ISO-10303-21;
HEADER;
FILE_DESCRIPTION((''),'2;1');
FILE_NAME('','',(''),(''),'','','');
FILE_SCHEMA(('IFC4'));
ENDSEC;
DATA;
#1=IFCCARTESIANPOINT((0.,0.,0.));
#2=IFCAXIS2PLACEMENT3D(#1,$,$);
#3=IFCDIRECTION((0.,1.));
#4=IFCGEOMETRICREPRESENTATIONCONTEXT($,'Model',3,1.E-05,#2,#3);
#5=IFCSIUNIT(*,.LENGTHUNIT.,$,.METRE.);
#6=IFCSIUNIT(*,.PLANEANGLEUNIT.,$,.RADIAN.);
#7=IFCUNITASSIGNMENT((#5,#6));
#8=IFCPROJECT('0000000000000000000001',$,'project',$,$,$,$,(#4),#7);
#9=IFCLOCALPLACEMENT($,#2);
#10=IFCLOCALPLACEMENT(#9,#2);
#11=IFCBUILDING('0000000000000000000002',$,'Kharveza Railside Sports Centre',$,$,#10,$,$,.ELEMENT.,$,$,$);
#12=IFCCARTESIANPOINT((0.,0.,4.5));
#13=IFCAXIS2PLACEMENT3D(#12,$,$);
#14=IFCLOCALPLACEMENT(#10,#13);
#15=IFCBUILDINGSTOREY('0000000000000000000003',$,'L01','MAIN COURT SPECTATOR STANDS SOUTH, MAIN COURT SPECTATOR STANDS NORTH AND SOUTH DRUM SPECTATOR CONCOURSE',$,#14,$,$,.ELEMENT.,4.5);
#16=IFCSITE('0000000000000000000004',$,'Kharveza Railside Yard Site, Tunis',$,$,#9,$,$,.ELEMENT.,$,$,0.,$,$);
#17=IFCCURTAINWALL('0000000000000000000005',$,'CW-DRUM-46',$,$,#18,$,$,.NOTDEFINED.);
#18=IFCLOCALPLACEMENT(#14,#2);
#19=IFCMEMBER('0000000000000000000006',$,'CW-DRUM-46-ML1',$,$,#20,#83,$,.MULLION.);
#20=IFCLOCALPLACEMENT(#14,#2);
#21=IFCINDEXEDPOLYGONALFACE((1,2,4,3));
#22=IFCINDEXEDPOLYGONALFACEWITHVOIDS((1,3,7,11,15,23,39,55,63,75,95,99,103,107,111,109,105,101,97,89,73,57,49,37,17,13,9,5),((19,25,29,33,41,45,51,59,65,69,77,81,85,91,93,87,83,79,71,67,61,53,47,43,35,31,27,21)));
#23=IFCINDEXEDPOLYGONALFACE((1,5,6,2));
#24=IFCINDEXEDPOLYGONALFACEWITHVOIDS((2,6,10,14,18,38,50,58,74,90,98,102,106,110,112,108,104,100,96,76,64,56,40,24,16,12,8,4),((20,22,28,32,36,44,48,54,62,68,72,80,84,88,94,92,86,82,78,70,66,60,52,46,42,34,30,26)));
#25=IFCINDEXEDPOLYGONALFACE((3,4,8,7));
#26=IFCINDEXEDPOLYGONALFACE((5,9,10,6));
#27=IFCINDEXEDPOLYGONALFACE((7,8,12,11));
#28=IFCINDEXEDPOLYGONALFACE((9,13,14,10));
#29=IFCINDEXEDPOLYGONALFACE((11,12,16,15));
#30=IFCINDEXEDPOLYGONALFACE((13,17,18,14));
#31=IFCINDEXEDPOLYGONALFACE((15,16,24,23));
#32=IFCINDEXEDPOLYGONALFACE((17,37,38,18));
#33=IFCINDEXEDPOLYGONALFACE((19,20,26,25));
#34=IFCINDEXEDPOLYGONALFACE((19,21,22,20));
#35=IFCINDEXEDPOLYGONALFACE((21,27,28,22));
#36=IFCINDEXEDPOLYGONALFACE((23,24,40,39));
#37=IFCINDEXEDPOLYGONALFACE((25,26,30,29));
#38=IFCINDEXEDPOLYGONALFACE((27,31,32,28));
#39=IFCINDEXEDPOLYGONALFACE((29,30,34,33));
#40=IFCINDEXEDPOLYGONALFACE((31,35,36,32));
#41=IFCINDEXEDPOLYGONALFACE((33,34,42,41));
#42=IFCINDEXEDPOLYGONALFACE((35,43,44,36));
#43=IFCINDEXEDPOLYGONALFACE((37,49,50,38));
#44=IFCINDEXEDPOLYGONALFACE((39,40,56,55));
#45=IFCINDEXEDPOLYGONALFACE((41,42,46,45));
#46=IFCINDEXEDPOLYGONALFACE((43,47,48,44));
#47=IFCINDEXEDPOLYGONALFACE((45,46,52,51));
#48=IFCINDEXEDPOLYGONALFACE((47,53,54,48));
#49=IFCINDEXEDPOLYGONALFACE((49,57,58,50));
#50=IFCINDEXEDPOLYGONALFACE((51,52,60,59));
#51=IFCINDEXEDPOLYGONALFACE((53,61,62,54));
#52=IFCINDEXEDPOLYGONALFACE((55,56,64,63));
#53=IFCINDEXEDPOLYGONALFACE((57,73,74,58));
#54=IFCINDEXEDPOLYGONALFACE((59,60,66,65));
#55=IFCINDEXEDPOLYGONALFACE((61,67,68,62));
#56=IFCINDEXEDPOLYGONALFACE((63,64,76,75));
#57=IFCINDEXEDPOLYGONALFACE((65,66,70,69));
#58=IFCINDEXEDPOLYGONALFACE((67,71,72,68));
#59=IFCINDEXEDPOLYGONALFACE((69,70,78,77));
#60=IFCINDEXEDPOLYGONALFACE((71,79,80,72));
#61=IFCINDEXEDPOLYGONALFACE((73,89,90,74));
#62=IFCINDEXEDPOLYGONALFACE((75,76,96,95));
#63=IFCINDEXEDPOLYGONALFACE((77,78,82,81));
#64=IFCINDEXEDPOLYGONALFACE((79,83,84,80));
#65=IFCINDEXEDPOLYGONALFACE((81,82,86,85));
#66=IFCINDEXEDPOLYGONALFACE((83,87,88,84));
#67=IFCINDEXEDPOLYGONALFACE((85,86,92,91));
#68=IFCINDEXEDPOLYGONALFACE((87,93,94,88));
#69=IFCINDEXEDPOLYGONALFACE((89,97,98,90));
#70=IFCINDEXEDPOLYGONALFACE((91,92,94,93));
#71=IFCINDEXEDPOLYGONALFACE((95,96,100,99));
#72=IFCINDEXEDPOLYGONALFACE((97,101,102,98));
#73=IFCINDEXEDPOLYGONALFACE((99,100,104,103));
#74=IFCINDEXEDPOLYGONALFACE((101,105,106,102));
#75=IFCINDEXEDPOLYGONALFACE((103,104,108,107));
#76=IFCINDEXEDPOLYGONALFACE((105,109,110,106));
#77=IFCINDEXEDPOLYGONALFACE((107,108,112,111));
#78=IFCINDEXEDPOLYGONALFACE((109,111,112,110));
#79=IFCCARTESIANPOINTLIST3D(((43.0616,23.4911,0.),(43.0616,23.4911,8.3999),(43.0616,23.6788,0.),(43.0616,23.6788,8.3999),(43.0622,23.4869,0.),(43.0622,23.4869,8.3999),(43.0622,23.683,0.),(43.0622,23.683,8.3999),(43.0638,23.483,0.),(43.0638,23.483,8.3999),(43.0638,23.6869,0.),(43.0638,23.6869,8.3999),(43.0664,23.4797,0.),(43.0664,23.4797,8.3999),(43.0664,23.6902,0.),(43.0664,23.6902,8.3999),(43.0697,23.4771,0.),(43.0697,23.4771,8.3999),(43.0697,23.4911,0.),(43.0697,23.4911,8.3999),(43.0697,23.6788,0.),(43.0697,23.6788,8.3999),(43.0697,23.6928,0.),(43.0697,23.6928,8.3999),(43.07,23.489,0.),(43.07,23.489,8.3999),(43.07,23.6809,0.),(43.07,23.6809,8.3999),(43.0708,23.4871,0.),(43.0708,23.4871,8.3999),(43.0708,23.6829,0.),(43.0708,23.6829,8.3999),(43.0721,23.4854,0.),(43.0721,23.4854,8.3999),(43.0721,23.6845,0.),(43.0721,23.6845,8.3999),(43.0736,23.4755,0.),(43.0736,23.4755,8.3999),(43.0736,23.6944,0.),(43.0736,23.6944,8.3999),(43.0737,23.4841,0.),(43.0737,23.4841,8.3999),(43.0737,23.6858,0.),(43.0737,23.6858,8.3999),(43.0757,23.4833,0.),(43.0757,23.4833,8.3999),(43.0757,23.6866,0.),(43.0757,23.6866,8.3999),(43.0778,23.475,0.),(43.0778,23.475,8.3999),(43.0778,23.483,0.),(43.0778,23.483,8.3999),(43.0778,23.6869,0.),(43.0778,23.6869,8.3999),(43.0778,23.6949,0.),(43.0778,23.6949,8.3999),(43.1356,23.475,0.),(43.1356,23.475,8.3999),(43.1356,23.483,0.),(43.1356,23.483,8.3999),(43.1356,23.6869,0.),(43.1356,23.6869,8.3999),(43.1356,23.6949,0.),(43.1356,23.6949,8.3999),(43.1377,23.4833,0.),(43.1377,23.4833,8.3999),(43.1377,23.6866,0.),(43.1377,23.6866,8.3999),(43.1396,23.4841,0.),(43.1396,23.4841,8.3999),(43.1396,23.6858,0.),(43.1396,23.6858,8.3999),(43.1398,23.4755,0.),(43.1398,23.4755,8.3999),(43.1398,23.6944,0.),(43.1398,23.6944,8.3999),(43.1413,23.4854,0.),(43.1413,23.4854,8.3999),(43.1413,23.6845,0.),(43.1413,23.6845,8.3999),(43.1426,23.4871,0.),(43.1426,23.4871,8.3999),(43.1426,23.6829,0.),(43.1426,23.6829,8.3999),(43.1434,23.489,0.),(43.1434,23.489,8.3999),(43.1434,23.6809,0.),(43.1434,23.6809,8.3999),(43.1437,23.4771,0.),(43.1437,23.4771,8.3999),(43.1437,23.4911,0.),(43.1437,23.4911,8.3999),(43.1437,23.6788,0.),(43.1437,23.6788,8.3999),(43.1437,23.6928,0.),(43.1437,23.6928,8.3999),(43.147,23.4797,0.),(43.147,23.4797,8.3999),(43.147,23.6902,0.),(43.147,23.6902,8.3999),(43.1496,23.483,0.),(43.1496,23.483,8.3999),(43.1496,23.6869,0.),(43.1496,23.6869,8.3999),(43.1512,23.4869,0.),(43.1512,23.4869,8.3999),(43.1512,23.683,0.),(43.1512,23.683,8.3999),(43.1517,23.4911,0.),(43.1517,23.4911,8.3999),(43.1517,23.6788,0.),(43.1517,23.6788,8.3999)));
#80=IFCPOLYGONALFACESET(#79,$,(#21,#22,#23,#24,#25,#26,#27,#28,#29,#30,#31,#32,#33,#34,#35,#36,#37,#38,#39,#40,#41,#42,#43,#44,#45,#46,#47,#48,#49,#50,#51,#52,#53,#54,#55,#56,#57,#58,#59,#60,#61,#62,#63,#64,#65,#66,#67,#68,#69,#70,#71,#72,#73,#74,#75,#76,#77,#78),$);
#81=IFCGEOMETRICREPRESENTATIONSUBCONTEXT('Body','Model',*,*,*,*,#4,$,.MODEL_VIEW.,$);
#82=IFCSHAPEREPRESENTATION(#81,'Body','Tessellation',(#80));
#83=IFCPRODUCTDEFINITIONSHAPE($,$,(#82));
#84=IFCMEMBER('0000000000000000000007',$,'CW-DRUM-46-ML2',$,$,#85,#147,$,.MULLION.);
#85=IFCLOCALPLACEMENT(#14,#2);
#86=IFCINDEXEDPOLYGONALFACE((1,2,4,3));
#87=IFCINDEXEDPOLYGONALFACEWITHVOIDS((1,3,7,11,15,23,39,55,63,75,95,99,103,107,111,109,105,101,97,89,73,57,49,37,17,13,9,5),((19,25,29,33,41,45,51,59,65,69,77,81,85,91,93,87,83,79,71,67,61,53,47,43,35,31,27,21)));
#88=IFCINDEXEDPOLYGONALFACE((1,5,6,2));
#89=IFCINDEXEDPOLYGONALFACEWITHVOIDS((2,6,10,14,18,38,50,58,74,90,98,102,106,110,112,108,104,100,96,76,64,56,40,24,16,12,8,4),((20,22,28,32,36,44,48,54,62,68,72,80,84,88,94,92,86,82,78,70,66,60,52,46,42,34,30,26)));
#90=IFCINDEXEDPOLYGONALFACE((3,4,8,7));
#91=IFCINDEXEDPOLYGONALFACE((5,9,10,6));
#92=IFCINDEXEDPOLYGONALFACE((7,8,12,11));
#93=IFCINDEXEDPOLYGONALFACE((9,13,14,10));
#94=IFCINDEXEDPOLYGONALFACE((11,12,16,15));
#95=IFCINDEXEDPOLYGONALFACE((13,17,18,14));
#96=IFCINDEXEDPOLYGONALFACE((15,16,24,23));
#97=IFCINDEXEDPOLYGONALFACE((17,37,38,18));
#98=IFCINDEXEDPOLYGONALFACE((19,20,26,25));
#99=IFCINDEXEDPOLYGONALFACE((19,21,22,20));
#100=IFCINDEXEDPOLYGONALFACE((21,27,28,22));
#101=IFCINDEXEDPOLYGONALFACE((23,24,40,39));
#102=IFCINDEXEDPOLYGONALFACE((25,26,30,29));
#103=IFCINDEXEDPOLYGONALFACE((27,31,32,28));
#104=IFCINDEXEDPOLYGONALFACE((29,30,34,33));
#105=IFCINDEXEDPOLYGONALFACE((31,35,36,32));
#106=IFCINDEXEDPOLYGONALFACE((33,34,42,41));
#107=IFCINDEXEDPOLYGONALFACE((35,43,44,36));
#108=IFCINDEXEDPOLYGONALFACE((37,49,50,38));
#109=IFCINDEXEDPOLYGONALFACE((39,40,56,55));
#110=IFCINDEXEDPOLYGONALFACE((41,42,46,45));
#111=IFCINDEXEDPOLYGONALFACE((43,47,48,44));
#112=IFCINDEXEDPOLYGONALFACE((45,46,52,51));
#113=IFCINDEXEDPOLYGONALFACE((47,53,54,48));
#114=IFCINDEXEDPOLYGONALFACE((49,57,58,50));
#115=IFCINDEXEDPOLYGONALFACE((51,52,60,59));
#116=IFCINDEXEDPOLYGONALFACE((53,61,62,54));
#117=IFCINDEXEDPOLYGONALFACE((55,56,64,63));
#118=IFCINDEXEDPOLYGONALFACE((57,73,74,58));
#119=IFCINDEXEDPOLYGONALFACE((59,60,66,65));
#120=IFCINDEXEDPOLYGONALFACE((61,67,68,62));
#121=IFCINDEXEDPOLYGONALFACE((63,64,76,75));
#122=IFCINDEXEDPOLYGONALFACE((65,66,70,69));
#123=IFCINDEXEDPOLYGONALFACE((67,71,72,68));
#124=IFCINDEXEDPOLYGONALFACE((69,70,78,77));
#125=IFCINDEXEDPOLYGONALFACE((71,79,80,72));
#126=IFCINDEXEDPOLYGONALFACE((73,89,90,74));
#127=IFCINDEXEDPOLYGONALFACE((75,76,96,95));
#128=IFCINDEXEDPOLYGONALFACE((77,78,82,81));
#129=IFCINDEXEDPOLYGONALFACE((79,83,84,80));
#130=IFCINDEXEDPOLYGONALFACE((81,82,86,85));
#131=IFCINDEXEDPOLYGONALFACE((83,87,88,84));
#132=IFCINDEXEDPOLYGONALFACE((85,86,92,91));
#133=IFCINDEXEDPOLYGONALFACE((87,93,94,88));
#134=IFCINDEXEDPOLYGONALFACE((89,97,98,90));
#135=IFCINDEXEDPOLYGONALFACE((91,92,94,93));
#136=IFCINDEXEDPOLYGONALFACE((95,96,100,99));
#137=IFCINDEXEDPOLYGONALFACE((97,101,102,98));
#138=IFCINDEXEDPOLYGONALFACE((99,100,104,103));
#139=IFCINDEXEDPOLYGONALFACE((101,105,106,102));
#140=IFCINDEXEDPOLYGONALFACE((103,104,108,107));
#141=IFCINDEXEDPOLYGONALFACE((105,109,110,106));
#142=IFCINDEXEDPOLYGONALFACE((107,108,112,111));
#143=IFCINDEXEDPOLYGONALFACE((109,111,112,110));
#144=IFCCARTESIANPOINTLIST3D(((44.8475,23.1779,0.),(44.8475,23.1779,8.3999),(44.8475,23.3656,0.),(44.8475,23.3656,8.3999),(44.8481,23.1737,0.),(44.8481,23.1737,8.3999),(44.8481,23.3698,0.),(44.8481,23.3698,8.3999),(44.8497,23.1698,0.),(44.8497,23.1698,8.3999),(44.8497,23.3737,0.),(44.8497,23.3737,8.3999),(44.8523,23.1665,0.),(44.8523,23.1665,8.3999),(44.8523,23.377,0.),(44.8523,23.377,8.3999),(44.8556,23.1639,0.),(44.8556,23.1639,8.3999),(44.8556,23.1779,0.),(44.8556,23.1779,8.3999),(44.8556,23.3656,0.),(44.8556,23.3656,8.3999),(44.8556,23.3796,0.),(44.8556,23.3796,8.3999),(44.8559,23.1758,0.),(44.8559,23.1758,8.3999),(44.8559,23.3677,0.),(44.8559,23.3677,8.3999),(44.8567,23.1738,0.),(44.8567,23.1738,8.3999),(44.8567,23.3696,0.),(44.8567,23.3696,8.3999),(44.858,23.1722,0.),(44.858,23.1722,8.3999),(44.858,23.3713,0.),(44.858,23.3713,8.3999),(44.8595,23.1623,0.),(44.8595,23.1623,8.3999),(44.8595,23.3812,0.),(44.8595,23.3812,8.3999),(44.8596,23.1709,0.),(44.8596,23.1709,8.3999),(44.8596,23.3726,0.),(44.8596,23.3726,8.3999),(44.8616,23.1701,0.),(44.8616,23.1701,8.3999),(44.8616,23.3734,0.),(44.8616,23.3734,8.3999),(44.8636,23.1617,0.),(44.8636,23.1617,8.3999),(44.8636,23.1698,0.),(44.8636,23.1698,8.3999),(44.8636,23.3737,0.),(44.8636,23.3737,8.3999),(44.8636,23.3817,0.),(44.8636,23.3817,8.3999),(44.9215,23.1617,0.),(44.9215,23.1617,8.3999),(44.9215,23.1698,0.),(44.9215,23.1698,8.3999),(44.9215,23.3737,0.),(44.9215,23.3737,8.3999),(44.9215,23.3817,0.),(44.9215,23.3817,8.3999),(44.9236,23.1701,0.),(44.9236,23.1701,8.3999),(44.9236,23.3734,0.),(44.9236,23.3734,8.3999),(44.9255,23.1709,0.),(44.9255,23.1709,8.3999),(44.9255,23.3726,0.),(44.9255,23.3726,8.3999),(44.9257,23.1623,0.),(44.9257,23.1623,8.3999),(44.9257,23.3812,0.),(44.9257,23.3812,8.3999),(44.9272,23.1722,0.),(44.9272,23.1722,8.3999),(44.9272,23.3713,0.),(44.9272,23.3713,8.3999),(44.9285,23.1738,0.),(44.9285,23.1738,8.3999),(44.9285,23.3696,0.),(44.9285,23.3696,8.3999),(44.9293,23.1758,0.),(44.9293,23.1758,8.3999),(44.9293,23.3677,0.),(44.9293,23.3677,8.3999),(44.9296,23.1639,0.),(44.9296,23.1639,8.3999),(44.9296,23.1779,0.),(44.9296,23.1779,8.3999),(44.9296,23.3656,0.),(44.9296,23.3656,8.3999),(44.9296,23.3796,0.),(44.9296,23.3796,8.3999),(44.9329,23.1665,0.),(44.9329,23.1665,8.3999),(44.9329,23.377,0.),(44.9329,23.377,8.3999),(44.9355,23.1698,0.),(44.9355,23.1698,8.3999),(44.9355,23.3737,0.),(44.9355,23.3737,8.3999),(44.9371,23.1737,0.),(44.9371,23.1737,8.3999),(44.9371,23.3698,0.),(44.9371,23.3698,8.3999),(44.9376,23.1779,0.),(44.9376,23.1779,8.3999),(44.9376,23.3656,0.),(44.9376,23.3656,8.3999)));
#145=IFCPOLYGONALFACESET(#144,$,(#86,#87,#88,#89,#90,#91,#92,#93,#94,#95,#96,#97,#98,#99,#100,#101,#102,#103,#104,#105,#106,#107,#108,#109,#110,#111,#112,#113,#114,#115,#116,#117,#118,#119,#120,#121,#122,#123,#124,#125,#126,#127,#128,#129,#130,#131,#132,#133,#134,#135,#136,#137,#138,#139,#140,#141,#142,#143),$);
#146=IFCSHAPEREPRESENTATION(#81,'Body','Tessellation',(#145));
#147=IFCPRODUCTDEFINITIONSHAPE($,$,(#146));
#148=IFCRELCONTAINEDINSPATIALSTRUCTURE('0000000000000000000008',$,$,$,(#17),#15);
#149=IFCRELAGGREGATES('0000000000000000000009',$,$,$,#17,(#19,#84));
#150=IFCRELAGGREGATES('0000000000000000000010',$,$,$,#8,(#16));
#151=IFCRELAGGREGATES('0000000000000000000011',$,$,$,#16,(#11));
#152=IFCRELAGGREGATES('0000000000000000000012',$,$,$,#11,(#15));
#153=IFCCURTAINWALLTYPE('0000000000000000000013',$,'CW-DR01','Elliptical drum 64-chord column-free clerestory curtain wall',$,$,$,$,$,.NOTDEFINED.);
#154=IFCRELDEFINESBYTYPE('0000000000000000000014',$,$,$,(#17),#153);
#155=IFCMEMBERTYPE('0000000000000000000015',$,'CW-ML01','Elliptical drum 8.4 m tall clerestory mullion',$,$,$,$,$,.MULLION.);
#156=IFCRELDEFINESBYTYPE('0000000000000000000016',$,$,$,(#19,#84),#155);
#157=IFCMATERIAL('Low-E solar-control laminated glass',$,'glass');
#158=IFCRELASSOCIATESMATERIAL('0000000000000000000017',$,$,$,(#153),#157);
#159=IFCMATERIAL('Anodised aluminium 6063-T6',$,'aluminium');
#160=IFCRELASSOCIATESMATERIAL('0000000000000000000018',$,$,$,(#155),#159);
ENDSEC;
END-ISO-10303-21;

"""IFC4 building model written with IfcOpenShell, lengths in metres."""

from ifc_helpers import new_model, si_unit, direction, frame, origin, origin_2d, place, context, subcontext, project, spatial, hollow_rectangle, extrude, material, material_profile, profile_set, type_object, element, aggregate, save


model = new_model("IFC4")

# Units and contexts
model_context = context("Model", 3, precision=1e-05, world=origin(), true_north=direction((0.0, 1.0)))
body_context = subcontext(model_context, "Body", "Model", "MODEL_VIEW")
ifc_project = project(units=[si_unit("LENGTHUNIT", "METRE"), si_unit("PLANEANGLEUNIT", "RADIAN")], contexts=[model_context])

# Site, building, storey
site_placement = place(None, origin())
site = spatial("IfcSite", under=ifc_project, at=site_placement, Name="Kharveza Railside Yard Site, Tunis", CompositionType="ELEMENT", RefElevation=0.0)
building_placement = place(site_placement, origin())
building = spatial("IfcBuilding", under=site, at=building_placement, Name="Kharveza Railside Sports Centre", CompositionType="ELEMENT")
storey_placement = place(building_placement, frame((0.0, 0.0, 4.5)))
storey = spatial("IfcBuildingStorey", under=building, at=storey_placement, Name="L01", Description="MAIN COURT SPECTATOR STANDS SOUTH, MAIN COURT SPECTATOR STANDS NORTH AND SOUTH DRUM SPECTATOR CONCOURSE", CompositionType="ELEMENT", Elevation=4.5)

# Shared definitions
ifc_material_1 = material(Name="Low-E solar-control laminated glass", Category="glass")
curtain_wall_type = type_object("IfcCurtainWallType", Name="CW-DR01", Description="Elliptical drum 64-chord column-free clerestory curtain wall", PredefinedType="NOTDEFINED", material=ifc_material_1)
ifc_material_2 = material(Name="Anodised aluminium 6063-T6", Category="aluminium")
ifc_material_profile_1 = material_profile(ifc_material_2, hollow_rectangle(XDim=0.0901, YDim=0.22, WallThickness=0.0081, InnerFilletRadius=0.0081, OuterFilletRadius=0.0161, at=origin_2d()), Name="RHS 90x220x8.0")
ifc_profile_set_1 = profile_set([ifc_material_profile_1], Name="Anodised aluminium 6063-T6")
member_type_1 = type_object("IfcMemberType", Name="CW-ML01", Description="Elliptical drum 8.4 m tall clerestory mullion", PredefinedType="MULLION", material=ifc_profile_set_1)

# Curtain wall, members
curtain_wall_1_placement = place(storey_placement, origin())
curtain_wall_1 = element("IfcCurtainWall", 1, at=curtain_wall_1_placement, inside=storey, type_object=curtain_wall_type, Name="CW-DRUM-46", PredefinedType="NOTDEFINED")
member_1_placement = place(storey_placement, frame((43.1067, 23.585, 0.0), z_axis=(0.0, 0.0, 1.0), x_axis=(1.0, 0.0, 0.0)))
member_1 = element("IfcMember", 2, at=member_1_placement, type_object=member_type_1, Name="CW-DRUM-46-ML1", PredefinedType="MULLION", context=body_context, shape_type="SweptSolid", body=[
    extrude(hollow_rectangle(XDim=0.0901, YDim=0.22, WallThickness=0.0081, InnerFilletRadius=0.0081, OuterFilletRadius=0.0161, at=origin_2d()), origin(), (0.0, 0.0, 1.0), 8.3999),
])
member_2_placement = place(storey_placement, frame((44.8926, 23.2717, 0.0), z_axis=(0.0, 0.0, 1.0), x_axis=(1.0, 0.0, 0.0)))
member_2 = element("IfcMember", 3, at=member_2_placement, type_object=member_type_1, Name="CW-DRUM-46-ML2", PredefinedType="MULLION", context=body_context, shape_type="SweptSolid", body=[
    extrude(hollow_rectangle(XDim=0.0901, YDim=0.22, WallThickness=0.0081, InnerFilletRadius=0.0081, OuterFilletRadius=0.0161, at=origin_2d()), origin(), (0.0, 0.0, 1.0), 8.3999),
])

aggregate(curtain_wall_1, [member_1, member_2])

save(model, "model.ifc")
